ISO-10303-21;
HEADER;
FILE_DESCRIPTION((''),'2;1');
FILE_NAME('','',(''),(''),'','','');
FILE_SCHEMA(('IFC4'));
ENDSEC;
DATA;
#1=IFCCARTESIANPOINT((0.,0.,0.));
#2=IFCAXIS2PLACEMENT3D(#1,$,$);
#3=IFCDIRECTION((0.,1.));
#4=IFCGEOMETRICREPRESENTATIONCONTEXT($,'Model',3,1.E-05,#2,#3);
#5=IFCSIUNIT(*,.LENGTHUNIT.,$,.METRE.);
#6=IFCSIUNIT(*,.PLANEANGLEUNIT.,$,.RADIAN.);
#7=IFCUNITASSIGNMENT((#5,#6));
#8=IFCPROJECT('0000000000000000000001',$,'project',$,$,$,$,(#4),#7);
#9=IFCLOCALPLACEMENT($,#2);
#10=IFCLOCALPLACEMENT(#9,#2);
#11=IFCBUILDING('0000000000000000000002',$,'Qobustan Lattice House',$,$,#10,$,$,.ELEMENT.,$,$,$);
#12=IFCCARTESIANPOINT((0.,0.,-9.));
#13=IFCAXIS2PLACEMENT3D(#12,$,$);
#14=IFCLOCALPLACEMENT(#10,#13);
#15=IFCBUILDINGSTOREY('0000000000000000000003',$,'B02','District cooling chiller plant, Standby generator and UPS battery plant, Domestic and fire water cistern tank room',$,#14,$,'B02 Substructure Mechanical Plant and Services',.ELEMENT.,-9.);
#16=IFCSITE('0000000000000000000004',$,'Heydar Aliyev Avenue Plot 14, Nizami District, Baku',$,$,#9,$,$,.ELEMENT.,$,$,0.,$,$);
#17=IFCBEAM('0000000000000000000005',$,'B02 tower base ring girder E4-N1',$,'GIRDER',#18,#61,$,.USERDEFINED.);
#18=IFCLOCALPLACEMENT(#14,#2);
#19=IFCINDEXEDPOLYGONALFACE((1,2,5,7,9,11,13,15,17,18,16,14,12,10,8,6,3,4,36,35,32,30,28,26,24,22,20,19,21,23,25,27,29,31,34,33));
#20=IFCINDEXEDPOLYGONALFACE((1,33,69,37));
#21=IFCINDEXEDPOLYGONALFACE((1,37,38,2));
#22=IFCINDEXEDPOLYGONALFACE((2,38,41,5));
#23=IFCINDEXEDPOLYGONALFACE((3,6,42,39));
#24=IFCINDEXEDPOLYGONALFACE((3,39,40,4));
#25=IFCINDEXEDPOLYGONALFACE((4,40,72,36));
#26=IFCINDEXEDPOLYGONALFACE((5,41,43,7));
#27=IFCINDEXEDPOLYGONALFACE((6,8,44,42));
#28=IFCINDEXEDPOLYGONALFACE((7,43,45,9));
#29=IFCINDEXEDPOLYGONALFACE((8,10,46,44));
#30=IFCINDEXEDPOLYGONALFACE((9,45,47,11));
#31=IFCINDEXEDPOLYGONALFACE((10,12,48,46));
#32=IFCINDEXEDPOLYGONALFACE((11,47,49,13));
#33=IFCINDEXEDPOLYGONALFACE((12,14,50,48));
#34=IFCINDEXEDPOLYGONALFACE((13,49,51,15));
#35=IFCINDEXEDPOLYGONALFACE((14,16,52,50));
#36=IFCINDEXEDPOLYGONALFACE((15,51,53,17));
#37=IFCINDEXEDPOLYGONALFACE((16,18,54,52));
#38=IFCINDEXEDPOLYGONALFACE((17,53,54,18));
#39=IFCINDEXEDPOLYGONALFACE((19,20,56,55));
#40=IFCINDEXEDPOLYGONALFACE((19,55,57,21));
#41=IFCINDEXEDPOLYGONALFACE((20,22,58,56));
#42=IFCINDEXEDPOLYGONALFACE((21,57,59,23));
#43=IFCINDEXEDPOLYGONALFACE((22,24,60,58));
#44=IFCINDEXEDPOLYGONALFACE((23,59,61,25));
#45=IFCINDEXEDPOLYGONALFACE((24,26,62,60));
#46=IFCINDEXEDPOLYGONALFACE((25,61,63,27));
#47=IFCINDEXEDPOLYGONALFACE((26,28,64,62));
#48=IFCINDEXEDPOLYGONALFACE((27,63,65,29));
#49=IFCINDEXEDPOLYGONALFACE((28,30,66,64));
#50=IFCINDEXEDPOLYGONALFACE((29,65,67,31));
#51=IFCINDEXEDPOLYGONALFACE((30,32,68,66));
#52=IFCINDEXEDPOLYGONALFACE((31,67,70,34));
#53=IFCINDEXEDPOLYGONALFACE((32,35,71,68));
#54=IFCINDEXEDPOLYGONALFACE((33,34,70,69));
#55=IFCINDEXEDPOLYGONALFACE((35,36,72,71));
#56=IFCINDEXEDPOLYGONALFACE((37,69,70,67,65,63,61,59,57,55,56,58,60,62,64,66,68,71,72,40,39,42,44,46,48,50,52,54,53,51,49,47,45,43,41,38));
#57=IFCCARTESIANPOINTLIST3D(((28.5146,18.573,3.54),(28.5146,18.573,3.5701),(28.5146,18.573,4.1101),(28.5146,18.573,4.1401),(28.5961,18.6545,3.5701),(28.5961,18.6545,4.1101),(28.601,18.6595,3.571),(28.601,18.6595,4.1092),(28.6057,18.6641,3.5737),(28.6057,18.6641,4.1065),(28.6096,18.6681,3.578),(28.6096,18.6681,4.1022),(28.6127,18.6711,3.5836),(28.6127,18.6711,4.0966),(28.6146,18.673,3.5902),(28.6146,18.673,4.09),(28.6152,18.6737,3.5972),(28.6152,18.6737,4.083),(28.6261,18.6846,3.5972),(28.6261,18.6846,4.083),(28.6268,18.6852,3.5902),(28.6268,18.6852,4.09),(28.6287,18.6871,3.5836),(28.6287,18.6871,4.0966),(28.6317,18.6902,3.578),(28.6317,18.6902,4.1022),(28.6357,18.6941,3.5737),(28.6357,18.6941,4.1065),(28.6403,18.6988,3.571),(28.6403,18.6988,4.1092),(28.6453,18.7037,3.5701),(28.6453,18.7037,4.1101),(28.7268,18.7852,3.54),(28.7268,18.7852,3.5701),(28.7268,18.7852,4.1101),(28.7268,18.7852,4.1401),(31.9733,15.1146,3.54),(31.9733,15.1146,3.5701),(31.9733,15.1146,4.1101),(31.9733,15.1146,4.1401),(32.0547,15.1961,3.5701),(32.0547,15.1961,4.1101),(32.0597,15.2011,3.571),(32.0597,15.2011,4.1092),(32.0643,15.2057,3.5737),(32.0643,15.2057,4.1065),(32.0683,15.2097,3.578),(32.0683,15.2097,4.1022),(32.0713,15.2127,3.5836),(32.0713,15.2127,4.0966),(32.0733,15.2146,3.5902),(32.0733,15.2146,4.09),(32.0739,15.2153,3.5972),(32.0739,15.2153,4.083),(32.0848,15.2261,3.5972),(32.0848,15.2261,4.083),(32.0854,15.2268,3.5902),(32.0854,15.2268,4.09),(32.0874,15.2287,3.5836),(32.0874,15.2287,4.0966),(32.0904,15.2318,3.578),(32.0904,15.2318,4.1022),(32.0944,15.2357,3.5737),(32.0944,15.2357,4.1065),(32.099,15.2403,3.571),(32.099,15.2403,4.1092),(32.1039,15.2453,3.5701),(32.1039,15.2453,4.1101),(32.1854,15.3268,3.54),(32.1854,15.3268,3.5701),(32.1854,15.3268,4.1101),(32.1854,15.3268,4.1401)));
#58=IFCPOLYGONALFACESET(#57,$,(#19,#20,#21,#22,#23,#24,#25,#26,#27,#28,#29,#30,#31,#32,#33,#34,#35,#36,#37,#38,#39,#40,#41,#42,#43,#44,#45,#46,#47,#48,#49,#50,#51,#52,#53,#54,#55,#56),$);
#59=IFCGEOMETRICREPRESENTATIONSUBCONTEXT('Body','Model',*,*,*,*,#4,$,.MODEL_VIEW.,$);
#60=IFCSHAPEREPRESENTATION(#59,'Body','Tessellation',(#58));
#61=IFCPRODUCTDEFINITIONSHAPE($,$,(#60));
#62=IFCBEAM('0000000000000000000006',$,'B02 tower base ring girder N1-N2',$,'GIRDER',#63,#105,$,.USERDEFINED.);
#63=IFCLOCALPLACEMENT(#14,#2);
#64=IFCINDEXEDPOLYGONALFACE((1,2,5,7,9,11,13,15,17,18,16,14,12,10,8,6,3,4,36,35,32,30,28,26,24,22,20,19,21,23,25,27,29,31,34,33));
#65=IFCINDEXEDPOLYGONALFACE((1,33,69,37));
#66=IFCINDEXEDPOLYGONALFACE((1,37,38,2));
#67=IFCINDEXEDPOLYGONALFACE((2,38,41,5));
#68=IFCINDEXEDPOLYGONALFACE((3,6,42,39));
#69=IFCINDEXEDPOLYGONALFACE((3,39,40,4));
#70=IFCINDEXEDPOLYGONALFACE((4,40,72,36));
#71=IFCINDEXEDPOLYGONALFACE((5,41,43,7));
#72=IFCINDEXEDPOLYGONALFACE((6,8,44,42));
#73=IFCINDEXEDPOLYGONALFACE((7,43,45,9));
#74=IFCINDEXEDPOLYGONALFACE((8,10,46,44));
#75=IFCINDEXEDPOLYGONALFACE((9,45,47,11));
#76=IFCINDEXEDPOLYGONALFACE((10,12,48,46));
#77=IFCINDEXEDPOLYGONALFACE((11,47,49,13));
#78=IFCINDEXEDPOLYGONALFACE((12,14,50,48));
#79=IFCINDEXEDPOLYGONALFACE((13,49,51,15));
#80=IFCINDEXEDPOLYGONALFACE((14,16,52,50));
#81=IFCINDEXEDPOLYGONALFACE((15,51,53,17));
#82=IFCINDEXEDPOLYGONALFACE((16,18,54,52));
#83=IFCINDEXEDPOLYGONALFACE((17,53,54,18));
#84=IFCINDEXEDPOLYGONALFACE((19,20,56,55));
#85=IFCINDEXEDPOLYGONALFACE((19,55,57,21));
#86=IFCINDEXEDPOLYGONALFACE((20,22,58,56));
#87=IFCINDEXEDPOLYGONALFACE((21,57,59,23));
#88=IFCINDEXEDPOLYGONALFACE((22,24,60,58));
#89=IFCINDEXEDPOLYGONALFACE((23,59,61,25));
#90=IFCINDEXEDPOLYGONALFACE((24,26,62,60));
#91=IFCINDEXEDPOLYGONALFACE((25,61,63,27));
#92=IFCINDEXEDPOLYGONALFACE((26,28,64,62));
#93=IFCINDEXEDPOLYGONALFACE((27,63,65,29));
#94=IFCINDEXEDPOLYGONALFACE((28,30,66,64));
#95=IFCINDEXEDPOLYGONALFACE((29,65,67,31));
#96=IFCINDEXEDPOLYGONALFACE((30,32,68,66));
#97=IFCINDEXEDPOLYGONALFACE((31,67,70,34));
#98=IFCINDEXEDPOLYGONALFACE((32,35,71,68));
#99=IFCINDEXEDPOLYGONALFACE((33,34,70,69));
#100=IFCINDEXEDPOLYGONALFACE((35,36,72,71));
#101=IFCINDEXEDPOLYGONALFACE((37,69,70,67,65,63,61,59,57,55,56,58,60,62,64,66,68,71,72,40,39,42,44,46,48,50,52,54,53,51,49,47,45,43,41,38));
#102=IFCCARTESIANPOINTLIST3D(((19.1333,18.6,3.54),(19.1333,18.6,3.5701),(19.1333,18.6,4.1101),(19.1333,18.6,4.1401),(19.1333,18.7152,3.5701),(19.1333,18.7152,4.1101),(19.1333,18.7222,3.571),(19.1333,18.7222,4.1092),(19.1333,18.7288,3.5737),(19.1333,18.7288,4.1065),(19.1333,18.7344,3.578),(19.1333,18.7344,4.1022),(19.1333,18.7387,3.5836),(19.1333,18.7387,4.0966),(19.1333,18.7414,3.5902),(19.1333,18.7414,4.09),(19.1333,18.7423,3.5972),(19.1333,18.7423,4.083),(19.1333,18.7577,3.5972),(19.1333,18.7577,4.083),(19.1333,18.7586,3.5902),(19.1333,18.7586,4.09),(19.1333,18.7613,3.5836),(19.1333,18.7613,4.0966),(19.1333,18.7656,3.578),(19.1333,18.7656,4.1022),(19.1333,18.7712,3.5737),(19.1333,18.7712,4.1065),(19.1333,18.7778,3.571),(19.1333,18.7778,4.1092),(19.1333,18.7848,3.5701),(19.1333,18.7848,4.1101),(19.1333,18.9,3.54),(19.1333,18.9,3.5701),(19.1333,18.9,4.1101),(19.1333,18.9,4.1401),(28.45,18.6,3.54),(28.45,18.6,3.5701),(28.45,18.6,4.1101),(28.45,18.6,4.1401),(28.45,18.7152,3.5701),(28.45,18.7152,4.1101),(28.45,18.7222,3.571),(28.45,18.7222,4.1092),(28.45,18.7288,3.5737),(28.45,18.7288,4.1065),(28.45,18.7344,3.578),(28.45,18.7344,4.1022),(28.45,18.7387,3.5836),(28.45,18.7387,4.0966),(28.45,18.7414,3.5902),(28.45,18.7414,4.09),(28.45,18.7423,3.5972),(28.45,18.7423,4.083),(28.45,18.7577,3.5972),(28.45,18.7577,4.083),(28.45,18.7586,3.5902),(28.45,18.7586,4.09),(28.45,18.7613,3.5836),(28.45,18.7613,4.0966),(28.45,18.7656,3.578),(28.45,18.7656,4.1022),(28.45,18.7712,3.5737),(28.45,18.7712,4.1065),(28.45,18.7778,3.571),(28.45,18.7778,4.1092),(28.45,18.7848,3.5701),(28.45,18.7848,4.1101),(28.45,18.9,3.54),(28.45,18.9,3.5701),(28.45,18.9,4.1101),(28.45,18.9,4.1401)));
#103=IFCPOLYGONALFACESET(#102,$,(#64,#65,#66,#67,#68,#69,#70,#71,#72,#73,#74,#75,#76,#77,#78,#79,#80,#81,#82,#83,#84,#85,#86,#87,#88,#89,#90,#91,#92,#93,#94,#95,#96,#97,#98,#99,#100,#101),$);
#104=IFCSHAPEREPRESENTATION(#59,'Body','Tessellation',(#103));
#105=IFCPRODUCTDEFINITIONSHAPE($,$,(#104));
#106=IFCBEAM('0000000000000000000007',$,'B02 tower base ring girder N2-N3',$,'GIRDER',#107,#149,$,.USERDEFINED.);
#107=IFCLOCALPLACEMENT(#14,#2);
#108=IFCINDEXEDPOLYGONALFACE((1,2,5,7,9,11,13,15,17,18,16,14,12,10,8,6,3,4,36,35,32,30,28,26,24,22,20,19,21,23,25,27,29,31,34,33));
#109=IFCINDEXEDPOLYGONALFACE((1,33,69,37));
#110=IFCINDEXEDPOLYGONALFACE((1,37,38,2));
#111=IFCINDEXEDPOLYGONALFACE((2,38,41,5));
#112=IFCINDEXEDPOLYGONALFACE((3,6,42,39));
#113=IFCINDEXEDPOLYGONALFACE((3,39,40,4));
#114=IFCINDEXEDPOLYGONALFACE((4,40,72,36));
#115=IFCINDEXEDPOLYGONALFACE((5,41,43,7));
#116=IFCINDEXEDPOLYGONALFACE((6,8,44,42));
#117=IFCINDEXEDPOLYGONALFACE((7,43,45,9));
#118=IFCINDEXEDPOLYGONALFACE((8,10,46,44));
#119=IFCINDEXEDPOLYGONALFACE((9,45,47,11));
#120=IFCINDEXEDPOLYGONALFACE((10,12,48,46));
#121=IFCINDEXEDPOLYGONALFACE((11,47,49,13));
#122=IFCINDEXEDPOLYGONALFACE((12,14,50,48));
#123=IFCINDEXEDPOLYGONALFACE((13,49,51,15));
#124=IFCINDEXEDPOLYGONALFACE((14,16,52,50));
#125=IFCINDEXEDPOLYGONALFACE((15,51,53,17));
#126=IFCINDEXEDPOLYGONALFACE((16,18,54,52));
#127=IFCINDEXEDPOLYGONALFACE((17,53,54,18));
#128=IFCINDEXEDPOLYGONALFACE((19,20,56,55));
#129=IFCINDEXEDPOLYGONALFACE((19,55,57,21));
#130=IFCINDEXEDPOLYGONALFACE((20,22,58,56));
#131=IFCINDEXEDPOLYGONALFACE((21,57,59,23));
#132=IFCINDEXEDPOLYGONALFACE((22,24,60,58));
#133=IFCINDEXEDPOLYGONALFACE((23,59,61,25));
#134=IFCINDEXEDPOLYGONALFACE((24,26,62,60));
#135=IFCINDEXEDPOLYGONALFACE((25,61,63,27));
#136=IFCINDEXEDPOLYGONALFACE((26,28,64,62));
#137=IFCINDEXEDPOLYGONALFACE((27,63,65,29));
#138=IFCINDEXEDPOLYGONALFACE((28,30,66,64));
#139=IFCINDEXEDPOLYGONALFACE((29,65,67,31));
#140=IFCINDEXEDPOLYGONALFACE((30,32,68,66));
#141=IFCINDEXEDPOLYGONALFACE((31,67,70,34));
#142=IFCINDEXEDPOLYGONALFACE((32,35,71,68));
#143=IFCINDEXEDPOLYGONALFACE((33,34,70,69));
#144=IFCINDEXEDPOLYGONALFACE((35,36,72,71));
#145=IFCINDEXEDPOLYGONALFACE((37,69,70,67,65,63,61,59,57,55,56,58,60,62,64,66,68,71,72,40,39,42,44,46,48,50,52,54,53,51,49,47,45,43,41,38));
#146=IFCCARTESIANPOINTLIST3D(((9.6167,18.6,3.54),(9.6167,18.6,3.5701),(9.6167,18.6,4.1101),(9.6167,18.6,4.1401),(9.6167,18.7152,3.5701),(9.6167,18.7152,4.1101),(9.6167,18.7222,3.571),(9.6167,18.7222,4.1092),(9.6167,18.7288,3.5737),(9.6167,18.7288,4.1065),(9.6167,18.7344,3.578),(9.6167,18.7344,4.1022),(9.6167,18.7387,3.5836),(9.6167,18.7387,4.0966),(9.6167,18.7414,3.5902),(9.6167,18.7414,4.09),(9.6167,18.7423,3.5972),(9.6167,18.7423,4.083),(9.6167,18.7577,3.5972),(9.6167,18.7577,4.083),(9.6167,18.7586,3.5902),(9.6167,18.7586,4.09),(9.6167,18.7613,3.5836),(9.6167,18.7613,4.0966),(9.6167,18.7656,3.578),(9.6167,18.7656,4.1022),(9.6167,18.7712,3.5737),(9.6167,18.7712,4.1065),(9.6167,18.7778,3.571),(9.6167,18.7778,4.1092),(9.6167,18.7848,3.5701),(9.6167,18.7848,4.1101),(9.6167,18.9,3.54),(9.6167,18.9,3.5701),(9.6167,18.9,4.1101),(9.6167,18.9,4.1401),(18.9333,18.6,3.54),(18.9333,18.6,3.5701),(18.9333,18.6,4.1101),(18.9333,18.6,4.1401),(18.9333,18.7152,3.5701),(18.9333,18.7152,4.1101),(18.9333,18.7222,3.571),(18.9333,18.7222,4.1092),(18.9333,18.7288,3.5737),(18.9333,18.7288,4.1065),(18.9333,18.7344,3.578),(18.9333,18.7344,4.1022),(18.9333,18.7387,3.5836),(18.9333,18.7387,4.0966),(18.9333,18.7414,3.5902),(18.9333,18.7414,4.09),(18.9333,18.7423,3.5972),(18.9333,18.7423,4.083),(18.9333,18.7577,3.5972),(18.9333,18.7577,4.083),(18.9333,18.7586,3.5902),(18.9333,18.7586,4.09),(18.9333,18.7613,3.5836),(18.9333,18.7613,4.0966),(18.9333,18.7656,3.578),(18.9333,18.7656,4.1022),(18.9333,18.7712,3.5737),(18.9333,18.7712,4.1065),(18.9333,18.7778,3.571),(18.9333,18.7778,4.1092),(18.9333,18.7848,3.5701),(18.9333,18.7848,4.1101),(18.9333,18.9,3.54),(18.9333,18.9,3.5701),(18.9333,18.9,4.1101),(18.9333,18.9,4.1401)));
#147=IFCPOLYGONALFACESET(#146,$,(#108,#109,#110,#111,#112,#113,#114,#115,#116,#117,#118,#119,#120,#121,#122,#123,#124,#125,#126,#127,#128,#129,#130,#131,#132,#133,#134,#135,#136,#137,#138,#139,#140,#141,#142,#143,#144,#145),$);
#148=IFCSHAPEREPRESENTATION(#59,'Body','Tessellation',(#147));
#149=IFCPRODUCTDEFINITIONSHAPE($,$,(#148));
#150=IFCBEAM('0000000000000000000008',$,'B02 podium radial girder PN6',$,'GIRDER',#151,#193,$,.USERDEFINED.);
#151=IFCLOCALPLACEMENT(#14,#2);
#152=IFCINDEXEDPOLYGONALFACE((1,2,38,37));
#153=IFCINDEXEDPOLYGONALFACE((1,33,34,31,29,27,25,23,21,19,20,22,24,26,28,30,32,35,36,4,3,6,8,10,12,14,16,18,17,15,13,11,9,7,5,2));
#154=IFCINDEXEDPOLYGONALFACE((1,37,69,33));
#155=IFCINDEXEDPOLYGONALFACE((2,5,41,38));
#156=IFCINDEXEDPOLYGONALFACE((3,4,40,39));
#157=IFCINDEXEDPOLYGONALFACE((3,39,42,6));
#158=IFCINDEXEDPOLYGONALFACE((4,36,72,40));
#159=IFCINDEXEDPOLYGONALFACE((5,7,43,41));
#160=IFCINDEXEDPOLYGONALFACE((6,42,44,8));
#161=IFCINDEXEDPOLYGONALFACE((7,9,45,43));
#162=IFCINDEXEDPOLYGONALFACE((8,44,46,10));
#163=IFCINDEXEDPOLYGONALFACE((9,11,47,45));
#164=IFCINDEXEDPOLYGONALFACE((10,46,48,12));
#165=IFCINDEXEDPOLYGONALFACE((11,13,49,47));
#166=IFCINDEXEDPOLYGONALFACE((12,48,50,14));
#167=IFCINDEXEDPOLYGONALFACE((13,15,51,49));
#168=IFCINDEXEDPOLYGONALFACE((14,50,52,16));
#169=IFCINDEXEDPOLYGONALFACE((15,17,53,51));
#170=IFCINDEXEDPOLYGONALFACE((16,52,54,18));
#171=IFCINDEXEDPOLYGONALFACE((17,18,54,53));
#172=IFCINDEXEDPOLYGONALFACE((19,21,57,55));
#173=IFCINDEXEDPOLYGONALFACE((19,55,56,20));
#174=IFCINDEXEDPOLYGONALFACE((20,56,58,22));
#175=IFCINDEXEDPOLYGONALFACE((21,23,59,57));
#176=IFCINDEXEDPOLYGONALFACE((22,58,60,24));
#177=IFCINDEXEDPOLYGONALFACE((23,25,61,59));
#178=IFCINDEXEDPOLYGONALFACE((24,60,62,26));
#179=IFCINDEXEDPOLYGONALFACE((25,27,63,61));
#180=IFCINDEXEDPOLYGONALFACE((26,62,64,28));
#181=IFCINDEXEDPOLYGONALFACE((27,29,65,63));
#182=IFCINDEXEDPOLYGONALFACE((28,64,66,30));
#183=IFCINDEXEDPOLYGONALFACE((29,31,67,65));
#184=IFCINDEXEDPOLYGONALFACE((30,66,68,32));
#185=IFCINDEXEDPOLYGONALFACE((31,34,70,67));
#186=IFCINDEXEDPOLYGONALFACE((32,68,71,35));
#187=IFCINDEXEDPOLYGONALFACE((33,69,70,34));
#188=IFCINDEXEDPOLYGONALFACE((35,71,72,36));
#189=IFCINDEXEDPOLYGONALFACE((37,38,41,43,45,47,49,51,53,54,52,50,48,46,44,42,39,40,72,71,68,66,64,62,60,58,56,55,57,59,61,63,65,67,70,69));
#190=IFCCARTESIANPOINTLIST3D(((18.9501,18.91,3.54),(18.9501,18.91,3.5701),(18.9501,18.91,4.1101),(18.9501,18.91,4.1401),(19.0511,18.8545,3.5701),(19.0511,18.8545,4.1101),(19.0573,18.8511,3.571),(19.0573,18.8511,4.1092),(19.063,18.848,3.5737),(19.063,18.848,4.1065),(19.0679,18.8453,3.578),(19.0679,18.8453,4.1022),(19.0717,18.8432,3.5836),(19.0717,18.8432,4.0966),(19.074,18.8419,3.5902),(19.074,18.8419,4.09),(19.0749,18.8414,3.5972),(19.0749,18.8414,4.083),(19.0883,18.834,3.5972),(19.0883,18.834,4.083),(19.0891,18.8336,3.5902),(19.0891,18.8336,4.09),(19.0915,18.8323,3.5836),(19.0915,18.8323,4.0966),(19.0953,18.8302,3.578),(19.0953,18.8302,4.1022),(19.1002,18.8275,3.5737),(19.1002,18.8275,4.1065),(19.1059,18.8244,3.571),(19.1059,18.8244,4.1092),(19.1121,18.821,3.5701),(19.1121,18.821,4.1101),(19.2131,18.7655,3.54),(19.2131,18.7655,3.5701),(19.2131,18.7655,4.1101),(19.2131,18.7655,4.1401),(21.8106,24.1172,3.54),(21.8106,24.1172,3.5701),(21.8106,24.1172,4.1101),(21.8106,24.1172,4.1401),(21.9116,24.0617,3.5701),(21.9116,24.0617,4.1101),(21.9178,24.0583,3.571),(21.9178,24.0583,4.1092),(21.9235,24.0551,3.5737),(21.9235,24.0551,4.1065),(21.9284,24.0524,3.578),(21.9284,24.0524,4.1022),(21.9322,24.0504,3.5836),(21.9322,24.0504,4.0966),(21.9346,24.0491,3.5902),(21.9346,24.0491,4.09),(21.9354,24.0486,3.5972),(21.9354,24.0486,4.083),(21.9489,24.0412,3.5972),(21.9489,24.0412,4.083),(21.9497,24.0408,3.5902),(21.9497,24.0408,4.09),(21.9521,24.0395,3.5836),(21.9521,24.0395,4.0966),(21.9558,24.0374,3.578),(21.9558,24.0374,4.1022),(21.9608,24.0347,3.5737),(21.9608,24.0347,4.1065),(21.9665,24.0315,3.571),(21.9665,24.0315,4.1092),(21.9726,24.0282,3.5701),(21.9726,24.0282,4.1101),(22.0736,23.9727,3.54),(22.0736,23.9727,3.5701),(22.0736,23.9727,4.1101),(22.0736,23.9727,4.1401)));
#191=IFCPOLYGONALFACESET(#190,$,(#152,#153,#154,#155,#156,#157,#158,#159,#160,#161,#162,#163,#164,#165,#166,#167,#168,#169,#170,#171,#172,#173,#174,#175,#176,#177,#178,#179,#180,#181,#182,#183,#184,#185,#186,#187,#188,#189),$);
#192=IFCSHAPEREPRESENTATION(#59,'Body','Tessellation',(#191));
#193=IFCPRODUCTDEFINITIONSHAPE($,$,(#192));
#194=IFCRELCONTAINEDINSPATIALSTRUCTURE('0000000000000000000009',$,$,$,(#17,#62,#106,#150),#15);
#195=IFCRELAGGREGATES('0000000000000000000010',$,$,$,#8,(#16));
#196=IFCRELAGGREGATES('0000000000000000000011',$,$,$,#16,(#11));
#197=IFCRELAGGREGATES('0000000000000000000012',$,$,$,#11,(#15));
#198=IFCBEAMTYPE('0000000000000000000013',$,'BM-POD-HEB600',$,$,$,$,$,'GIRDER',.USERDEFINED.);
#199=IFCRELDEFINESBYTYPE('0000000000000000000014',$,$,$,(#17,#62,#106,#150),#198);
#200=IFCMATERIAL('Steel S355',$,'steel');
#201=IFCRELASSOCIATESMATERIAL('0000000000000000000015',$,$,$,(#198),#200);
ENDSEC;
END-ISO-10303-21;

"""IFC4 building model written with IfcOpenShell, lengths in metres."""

from ifc_helpers import new_model, si_unit, direction, frame, origin, origin_2d, place, context, subcontext, project, spatial, i_section, extrude, material, material_profile, profile_set, type_object, element, save


model = new_model("IFC4")

# Units and contexts
model_context = context("Model", 3, precision=1e-05, world=origin(), true_north=direction((0.0, 1.0)))
body_context = subcontext(model_context, "Body", "Model", "MODEL_VIEW")
ifc_project = project(units=[si_unit("LENGTHUNIT", "METRE"), si_unit("PLANEANGLEUNIT", "RADIAN")], contexts=[model_context])

# Site, building, storey
site_placement = place(None, origin())
site = spatial("IfcSite", under=ifc_project, at=site_placement, Name="Heydar Aliyev Avenue Plot 14, Nizami District, Baku", CompositionType="ELEMENT", RefElevation=0.0)
building_placement = place(site_placement, origin())
building = spatial("IfcBuilding", under=site, at=building_placement, Name="Qobustan Lattice House", CompositionType="ELEMENT")
storey_placement = place(building_placement, frame((0.0, 0.0, -9.0)))
storey = spatial("IfcBuildingStorey", under=building, at=storey_placement, Name="B02", Description="District cooling chiller plant, Standby generator and UPS battery plant, Domestic and fire water cistern tank room", LongName="B02 Substructure Mechanical Plant and Services", CompositionType="ELEMENT", Elevation=-9.0)

# Beams
ifc_material_1 = material(Name="Steel S355", Category="steel")
ifc_material_profile_1 = material_profile(ifc_material_1, i_section(OverallWidth=0.3, OverallDepth=0.6001, WebThickness=0.0154, FlangeThickness=0.03, FilletRadius=0.0271, at=origin_2d()), Name="HEB600")
ifc_profile_set_1 = profile_set([ifc_material_profile_1], Name="Steel S355")
beam_type_1 = type_object("IfcBeamType", Name="BM-POD-HEB600", ElementType="GIRDER", PredefinedType="USERDEFINED", material=ifc_profile_set_1)
beam_1_placement = place(storey_placement, frame((32.0793, 15.2207, 3.8401), z_axis=(-0.707132, 0.707082, 0.0), x_axis=(-0.707082, -0.707132, 0.0)))
element("IfcBeam", 1, at=beam_1_placement, inside=storey, type_object=beam_type_1, Name="B02 tower base ring girder E4-N1", ObjectType="GIRDER", PredefinedType="USERDEFINED", context=body_context, shape_type="SweptSolid", body=[
    extrude(i_section(OverallWidth=0.3, OverallDepth=0.6001, WebThickness=0.0154, FlangeThickness=0.03, FilletRadius=0.0271, at=origin_2d()), origin(), (0.0, 0.0, 1.0), 4.8911),
])
for number, where, z_axis, x_axis, name in (
    (2, (28.45, 18.75, 3.8401), (-1.0, 0.0, 0.0), (0.0, -1.0, 0.0), "B02 tower base ring girder N1-N2"),
    (3, (18.9333, 18.75, 3.8401), (-1.0, 0.0, 0.0), (0.0, -1.0, 0.0), "B02 tower base ring girder N2-N3"),
):
    element("IfcBeam", number, at=place(storey_placement, frame(where, z_axis=z_axis, x_axis=x_axis)), inside=storey, type_object=beam_type_1, Name=name, ObjectType="GIRDER", PredefinedType="USERDEFINED", context=body_context, shape_type="SweptSolid", body=[
        extrude(i_section(OverallWidth=0.3, OverallDepth=0.6001, WebThickness=0.0154, FlangeThickness=0.03, FilletRadius=0.0271, at=origin_2d()), origin(), (0.0, 0.0, 1.0), 9.3167),
    ])
beam_2_placement = place(storey_placement, frame((21.9421, 24.0449, 3.8401), z_axis=(-0.481479, -0.876458, 0.0), x_axis=(0.876458, -0.481479, 0.0)))
element("IfcBeam", 4, at=beam_2_placement, inside=storey, type_object=beam_type_1, Name="B02 podium radial girder PN6", ObjectType="GIRDER", PredefinedType="USERDEFINED", context=body_context, shape_type="SweptSolid", body=[
    extrude(i_section(OverallWidth=0.3, OverallDepth=0.6001, WebThickness=0.0154, FlangeThickness=0.03, FilletRadius=0.0271, at=origin_2d()), origin(), (0.0, 0.0, 1.0), 5.9412),
])

save(model, "model.ifc")
